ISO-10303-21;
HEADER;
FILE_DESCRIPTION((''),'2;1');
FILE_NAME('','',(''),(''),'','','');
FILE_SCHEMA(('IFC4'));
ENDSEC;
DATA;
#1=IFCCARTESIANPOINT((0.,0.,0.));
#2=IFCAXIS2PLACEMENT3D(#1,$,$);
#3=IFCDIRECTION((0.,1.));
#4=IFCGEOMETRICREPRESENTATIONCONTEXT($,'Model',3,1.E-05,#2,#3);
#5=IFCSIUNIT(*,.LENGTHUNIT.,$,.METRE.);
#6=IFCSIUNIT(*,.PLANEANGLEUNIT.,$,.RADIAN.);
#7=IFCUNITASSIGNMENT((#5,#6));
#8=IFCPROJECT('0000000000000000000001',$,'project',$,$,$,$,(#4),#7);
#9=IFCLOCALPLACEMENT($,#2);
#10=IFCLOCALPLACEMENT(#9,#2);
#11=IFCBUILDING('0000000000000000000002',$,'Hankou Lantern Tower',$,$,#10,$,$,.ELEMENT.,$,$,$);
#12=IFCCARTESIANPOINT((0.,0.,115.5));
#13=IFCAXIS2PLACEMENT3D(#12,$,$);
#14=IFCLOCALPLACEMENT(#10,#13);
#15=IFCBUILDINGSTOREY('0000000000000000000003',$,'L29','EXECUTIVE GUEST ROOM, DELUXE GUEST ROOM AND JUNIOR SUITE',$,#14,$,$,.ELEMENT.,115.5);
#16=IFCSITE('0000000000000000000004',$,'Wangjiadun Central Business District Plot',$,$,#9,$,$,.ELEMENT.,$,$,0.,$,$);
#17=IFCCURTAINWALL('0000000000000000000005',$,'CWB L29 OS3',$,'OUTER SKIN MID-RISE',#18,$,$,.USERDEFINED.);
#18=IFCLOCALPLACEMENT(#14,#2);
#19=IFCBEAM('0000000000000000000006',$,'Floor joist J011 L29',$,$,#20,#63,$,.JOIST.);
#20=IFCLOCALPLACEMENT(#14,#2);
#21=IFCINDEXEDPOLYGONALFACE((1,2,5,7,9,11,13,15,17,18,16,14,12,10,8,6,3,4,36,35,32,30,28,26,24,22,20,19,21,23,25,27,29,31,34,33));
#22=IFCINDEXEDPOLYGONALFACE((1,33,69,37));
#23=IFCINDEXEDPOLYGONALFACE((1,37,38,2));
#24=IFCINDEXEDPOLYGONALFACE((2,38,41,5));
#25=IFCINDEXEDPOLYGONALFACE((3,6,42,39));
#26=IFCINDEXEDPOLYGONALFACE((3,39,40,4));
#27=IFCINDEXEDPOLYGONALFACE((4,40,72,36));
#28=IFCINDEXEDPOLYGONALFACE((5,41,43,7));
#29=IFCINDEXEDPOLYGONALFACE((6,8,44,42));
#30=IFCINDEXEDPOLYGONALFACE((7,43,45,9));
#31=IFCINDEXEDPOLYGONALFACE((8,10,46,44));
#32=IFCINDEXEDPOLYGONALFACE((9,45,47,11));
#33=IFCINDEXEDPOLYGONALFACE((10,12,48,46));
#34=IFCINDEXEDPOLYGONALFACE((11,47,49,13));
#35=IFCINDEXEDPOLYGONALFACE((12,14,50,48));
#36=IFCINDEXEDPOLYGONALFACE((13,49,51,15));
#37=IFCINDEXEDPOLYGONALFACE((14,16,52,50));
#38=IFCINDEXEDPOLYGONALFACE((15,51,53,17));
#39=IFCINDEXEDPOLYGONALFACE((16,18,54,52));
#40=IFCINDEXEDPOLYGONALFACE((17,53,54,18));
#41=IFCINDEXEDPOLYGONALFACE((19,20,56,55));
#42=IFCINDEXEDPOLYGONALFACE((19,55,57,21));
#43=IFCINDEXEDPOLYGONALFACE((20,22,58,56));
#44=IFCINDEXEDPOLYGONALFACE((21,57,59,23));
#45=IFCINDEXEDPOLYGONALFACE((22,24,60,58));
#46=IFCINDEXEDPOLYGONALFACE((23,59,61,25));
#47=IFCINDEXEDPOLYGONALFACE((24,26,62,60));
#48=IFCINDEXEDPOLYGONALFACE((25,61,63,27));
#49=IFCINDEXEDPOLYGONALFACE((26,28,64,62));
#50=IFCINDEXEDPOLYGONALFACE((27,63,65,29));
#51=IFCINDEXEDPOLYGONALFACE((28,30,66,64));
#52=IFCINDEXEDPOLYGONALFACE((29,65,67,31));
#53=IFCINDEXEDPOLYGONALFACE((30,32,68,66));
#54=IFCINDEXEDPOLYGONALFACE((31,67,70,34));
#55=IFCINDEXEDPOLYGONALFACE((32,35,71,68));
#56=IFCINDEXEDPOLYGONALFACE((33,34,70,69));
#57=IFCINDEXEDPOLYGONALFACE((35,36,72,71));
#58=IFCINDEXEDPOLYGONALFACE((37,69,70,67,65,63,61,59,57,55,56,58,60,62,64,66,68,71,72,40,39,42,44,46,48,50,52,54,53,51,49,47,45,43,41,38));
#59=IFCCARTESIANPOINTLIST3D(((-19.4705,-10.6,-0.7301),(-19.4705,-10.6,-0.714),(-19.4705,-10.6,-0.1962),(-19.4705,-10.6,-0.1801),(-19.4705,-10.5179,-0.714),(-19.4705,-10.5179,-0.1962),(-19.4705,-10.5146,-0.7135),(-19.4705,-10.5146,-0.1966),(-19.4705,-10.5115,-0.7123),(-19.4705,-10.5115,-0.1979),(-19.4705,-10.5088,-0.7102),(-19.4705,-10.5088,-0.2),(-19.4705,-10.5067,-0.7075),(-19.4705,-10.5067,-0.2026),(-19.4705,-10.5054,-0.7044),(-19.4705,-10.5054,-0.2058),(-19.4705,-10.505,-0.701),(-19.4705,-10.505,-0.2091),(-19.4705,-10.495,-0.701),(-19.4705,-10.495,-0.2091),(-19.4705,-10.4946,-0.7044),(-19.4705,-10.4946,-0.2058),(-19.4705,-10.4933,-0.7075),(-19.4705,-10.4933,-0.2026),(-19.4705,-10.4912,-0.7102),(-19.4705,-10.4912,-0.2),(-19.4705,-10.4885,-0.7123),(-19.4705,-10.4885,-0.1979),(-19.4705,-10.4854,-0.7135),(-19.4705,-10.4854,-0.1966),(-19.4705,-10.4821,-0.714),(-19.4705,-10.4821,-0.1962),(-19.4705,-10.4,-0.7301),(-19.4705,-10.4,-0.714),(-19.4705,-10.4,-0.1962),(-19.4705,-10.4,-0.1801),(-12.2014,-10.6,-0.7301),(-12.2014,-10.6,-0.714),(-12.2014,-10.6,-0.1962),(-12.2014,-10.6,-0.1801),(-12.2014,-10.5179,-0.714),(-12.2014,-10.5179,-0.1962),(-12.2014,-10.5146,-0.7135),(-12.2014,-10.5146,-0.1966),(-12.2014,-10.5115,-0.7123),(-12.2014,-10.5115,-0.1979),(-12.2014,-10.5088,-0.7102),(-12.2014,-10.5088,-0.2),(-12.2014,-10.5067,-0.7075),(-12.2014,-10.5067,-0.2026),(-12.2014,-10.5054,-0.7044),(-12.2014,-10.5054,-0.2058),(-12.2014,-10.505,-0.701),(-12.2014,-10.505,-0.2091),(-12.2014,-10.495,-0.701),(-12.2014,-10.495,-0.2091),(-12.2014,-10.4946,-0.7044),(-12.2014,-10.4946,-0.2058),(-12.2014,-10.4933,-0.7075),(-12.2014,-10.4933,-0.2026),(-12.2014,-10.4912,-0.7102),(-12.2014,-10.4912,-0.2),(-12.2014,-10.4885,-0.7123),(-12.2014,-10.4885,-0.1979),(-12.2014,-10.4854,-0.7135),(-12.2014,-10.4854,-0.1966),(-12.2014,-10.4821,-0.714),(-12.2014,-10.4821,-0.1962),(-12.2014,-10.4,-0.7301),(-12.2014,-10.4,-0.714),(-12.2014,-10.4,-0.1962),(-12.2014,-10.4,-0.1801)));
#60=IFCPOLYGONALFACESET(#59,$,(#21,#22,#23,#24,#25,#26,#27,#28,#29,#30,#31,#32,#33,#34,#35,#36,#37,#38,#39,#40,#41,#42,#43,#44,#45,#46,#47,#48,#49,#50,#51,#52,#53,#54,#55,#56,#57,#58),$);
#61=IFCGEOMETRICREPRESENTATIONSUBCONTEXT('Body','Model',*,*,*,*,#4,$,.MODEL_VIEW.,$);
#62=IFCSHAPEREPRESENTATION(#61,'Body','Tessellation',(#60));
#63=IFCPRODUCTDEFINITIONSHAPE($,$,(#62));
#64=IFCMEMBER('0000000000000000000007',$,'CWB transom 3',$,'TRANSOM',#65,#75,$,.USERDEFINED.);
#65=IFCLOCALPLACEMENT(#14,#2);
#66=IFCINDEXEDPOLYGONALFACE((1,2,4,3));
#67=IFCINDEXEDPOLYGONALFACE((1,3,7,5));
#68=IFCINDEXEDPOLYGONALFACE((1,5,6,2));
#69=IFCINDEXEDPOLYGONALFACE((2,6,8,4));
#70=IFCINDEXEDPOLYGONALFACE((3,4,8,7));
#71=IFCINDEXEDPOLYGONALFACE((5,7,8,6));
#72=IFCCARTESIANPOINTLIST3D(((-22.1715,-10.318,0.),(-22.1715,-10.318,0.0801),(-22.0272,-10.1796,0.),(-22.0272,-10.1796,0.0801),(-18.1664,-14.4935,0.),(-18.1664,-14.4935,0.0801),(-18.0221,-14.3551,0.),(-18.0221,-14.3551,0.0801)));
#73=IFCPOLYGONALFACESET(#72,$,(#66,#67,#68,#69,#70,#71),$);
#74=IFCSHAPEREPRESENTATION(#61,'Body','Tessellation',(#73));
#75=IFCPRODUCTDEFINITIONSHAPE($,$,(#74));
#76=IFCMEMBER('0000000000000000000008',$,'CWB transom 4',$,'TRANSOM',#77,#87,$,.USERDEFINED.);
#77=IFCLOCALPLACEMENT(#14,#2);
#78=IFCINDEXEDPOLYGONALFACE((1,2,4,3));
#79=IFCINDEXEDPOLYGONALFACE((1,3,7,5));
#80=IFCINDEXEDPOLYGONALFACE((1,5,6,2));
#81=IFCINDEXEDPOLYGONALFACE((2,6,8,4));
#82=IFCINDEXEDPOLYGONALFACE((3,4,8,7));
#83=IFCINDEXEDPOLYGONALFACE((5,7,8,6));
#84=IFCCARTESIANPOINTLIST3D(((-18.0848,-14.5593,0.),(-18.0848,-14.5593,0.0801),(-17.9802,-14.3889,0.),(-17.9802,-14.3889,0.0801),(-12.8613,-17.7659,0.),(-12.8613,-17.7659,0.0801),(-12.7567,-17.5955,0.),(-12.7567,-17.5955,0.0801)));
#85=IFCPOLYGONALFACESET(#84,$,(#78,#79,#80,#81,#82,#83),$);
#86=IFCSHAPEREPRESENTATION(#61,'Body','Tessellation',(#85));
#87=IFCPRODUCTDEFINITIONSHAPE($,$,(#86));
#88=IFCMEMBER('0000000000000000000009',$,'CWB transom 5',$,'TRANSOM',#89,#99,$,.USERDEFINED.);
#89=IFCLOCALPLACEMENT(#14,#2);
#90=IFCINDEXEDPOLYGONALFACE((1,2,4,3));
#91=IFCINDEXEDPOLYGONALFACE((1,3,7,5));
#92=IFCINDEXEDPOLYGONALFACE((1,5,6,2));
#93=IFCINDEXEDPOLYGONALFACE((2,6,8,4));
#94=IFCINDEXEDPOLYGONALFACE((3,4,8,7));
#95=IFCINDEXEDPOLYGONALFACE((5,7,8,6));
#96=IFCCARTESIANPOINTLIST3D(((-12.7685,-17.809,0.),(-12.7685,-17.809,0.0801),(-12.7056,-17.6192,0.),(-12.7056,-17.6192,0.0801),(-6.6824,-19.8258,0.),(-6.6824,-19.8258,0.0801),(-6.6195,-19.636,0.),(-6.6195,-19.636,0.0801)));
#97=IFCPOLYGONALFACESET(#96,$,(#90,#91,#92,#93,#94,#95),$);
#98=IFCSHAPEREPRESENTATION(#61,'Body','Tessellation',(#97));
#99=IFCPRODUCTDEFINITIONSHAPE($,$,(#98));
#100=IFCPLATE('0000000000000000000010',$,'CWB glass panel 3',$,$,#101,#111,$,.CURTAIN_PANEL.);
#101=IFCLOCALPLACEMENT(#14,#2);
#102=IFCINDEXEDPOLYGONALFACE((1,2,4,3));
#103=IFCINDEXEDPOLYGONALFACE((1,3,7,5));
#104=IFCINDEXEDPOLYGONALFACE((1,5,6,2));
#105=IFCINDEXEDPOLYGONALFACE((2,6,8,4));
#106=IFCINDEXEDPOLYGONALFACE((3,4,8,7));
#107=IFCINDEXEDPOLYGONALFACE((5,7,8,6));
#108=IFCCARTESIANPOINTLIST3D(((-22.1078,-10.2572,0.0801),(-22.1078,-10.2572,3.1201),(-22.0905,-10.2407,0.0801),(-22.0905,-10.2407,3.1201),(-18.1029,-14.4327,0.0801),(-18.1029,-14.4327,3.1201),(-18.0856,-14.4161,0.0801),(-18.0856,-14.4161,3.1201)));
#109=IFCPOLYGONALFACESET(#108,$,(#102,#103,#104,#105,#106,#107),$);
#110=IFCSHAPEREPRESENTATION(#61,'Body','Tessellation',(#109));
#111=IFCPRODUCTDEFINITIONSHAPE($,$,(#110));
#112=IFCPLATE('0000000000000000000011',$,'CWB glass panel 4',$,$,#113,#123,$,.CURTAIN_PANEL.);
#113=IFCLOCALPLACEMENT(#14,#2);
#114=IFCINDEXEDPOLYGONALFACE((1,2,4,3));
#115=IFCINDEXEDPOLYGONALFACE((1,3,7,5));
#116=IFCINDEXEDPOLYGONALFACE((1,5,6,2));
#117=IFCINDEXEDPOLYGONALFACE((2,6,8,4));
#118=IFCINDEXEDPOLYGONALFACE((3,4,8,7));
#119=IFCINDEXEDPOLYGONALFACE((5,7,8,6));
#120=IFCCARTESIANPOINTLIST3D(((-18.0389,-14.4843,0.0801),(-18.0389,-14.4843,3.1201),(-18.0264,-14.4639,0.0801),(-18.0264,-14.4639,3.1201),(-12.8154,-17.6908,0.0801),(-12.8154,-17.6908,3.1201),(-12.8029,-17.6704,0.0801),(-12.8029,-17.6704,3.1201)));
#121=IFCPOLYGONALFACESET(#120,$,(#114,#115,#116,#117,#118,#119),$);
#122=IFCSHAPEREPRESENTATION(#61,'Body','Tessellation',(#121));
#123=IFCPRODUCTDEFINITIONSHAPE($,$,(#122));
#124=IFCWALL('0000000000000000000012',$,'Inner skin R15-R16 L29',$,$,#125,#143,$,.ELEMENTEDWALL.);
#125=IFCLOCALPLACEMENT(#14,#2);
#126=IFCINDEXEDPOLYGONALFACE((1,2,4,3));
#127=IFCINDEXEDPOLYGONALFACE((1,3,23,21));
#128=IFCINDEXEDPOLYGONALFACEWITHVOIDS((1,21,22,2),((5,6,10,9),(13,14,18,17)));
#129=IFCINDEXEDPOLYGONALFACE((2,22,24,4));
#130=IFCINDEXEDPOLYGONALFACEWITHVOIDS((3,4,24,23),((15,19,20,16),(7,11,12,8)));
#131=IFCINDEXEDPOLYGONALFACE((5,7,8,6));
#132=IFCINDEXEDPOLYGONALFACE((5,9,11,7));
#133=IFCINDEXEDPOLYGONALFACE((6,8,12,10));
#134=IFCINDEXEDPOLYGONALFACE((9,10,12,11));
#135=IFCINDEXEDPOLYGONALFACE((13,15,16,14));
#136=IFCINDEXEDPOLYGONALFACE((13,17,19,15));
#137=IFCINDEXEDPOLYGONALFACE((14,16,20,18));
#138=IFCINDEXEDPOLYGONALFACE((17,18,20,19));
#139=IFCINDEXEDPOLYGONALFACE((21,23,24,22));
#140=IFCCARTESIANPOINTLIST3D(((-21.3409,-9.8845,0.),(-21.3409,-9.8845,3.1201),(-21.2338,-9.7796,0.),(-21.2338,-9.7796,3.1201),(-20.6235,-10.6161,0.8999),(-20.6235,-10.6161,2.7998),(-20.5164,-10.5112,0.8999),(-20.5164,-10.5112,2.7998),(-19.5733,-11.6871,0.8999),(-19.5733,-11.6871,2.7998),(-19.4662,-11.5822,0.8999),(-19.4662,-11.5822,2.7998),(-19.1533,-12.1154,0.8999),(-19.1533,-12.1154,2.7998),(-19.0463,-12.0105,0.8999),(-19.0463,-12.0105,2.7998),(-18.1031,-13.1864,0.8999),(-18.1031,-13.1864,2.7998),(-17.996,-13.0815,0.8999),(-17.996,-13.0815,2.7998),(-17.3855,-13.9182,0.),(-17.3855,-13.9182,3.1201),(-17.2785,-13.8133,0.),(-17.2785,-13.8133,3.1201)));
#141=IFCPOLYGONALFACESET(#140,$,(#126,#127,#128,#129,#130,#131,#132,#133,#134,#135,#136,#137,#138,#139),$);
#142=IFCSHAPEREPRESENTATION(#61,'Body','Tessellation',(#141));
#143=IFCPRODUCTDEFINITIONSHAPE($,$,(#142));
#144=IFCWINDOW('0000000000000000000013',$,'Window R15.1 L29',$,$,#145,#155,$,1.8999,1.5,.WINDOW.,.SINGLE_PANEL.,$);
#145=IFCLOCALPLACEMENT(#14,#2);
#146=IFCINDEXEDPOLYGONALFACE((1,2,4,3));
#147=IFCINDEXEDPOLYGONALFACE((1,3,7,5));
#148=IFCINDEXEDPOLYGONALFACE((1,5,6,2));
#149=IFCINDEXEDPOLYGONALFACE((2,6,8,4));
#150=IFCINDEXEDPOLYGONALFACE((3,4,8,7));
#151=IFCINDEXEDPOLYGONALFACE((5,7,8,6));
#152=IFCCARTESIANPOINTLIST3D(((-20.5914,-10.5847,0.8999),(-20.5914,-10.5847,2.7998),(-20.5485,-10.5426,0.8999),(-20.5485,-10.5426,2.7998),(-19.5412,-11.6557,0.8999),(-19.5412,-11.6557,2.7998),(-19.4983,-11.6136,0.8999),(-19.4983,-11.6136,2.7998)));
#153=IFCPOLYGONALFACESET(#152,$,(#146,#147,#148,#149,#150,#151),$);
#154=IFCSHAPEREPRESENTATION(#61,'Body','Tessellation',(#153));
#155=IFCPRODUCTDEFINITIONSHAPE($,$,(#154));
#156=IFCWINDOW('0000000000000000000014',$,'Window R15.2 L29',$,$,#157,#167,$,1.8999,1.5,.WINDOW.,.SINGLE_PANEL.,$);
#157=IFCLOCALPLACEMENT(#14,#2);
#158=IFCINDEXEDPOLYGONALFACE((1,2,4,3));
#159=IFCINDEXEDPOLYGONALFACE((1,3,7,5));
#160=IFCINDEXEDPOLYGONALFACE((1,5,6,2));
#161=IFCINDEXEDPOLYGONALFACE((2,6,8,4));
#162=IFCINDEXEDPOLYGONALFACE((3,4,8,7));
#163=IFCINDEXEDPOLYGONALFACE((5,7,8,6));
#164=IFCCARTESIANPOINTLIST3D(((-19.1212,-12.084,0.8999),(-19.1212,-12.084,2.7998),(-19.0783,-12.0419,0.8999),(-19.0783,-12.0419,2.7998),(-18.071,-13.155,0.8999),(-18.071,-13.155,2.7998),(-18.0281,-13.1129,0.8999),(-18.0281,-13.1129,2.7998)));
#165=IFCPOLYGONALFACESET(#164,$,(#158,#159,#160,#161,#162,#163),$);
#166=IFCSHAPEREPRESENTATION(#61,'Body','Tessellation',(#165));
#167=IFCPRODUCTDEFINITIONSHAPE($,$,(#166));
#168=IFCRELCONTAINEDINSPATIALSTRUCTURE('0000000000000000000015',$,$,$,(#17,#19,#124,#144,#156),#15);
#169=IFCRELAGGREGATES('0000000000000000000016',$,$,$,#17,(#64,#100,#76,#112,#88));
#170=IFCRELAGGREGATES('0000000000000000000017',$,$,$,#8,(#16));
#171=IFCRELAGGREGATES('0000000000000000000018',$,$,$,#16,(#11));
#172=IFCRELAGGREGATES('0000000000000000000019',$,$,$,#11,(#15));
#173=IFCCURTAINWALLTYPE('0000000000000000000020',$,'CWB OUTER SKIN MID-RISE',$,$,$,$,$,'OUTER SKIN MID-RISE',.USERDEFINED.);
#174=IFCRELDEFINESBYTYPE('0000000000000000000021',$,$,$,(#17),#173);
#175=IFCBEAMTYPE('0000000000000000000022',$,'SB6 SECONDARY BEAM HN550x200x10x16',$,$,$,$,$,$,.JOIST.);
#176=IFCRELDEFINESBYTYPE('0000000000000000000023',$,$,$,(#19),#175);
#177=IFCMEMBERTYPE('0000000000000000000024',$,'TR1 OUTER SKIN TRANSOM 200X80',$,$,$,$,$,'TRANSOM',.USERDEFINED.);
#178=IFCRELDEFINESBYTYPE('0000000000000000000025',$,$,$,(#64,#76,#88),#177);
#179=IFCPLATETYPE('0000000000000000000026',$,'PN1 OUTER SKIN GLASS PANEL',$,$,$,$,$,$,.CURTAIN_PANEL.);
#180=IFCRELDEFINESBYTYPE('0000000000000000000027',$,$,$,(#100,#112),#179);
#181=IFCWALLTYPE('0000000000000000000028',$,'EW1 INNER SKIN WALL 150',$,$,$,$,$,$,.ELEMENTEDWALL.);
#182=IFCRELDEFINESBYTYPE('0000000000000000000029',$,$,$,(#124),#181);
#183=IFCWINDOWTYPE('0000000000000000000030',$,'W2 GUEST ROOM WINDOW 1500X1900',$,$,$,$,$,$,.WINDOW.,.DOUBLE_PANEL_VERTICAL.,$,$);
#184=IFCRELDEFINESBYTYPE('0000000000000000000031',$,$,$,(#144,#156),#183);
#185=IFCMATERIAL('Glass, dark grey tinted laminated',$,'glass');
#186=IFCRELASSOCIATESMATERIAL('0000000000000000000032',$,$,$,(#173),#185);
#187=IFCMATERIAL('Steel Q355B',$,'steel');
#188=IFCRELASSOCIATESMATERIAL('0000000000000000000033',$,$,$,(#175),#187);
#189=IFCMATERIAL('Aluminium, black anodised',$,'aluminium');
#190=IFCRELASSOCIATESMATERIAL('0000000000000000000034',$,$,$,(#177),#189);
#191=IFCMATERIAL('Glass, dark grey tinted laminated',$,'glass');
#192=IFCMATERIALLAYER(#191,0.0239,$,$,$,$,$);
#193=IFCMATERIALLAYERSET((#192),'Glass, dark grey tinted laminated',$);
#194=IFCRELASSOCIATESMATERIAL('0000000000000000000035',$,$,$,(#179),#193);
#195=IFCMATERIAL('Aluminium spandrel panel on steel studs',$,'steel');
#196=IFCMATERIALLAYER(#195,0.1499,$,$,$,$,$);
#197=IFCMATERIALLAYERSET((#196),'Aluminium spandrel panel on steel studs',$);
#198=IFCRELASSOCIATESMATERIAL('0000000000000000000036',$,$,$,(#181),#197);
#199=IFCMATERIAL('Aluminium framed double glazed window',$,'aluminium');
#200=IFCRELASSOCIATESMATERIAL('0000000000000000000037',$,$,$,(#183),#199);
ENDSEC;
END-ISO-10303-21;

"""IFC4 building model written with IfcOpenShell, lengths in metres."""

from ifc_helpers import new_model, si_unit, direction, frame, frame_2d, origin, origin_2d, place, context, subcontext, project, spatial, rectangle, i_section, extrude, material, layer, layer_set, material_profile, profile_set, type_object, element, fill, aggregate, save


model = new_model("IFC4")

# Units and contexts
model_context = context("Model", 3, precision=1e-05, world=origin(), true_north=direction((0.0, 1.0)))
body_context = subcontext(model_context, "Body", "Model", "MODEL_VIEW")
ifc_project = project(units=[si_unit("LENGTHUNIT", "METRE"), si_unit("PLANEANGLEUNIT", "RADIAN")], contexts=[model_context])

# Site, building, storey
site_placement = place(None, origin())
site = spatial("IfcSite", under=ifc_project, at=site_placement, Name="Wangjiadun Central Business District Plot", CompositionType="ELEMENT", RefElevation=0.0)
building_placement = place(site_placement, origin())
building = spatial("IfcBuilding", under=site, at=building_placement, Name="Hankou Lantern Tower", CompositionType="ELEMENT")
storey_placement = place(building_placement, frame((0.0, 0.0, 115.5)))
storey = spatial("IfcBuildingStorey", under=building, at=storey_placement, Name="L29", Description="EXECUTIVE GUEST ROOM, DELUXE GUEST ROOM AND JUNIOR SUITE", CompositionType="ELEMENT", Elevation=115.5)

# Curtain wall
ifc_material_1 = material(Name="Glass, dark grey tinted laminated", Category="glass")
curtain_wall_type = type_object("IfcCurtainWallType", Name="CWB OUTER SKIN MID-RISE", ElementType="OUTER SKIN MID-RISE", PredefinedType="USERDEFINED", material=ifc_material_1)
curtain_wall_placement = place(storey_placement, origin())
curtain_wall = element("IfcCurtainWall", 1, at=curtain_wall_placement, inside=storey, type_object=curtain_wall_type, Name="CWB L29 OS3", ObjectType="OUTER SKIN MID-RISE", PredefinedType="USERDEFINED")

# Beam
ifc_material_2 = material(Name="Steel Q355B", Category="steel")
ifc_material_profile_1 = material_profile(ifc_material_2, i_section(OverallWidth=0.2, OverallDepth=0.55, WebThickness=0.01, FlangeThickness=0.0161, FilletRadius=0.0129, at=origin_2d()), Name="HN550x200x10x16")
ifc_profile_set_1 = profile_set([ifc_material_profile_1], Name="Steel Q355B")
beam_type_1 = type_object("IfcBeamType", Name="SB6 SECONDARY BEAM HN550x200x10x16", PredefinedType="JOIST", material=ifc_profile_set_1)
beam_1_placement = place(storey_placement, frame((-19.4705, -10.5, -0.4551), z_axis=(1.0, 0.0, 0.0), x_axis=(0.0, 1.0, 0.0)))
element("IfcBeam", 2, at=beam_1_placement, inside=storey, type_object=beam_type_1, Name="Floor joist J011 L29", PredefinedType="JOIST", context=body_context, shape_type="SweptSolid", body=[
    extrude(i_section(OverallWidth=0.2, OverallDepth=0.55, WebThickness=0.01, FlangeThickness=0.0161, FilletRadius=0.0129, at=origin_2d()), origin(), (0.0, 0.0, 1.0), 7.269),
])

# Members
ifc_material_3 = material(Name="Aluminium, black anodised", Category="aluminium")
ifc_material_profile_2 = material_profile(ifc_material_3, rectangle(XDim=0.2, YDim=0.0801, at=origin_2d()), Name="TR1 200X80")
ifc_profile_set_2 = profile_set([ifc_material_profile_2], Name="Aluminium, black anodised")
member_type_1 = type_object("IfcMemberType", Name="TR1 OUTER SKIN TRANSOM 200X80", ElementType="TRANSOM", PredefinedType="USERDEFINED", material=ifc_profile_set_2)
member_1_placement = place(storey_placement, frame((-22.0994, -10.2488, 0.04), z_axis=(0.692227, -0.72168, 0.0), x_axis=(0.72168, 0.692227, 0.0)))
member_1 = element("IfcMember", 3, at=member_1_placement, type_object=member_type_1, Name="CWB transom 3", ObjectType="TRANSOM", PredefinedType="USERDEFINED", context=body_context, shape_type="SweptSolid", body=[
    extrude(rectangle(XDim=0.2, YDim=0.0801, at=origin_2d()), origin(), (0.0, 0.0, 1.0), 5.7859),
])
member_2_placement = place(storey_placement, frame((-18.0325, -14.4741, 0.04), z_axis=(0.852229, -0.523168, 0.0), x_axis=(0.523168, 0.852229, 0.0)))
member_2 = element("IfcMember", 4, at=member_2_placement, type_object=member_type_1, Name="CWB transom 4", ObjectType="TRANSOM", PredefinedType="USERDEFINED", context=body_context, shape_type="SweptSolid", body=[
    extrude(rectangle(XDim=0.2, YDim=0.0801, at=origin_2d()), origin(), (0.0, 0.0, 1.0), 6.1292),
])
member_3_placement = place(storey_placement, frame((-12.7371, -17.7141, 0.04), z_axis=(0.949238, -0.314559, 0.0), x_axis=(0.314559, 0.949238, 0.0)))
member_3 = element("IfcMember", 5, at=member_3_placement, type_object=member_type_1, Name="CWB transom 5", ObjectType="TRANSOM", PredefinedType="USERDEFINED", context=body_context, shape_type="SweptSolid", body=[
    extrude(rectangle(XDim=0.2, YDim=0.0801, at=origin_2d()), origin(), (0.0, 0.0, 1.0), 6.4116),
])

# Plates
ifc_material_4 = material(Name="Glass, dark grey tinted laminated", Category="glass")
ifc_layer_1 = layer(ifc_material_4, 0.0239)
ifc_layer_set_1 = layer_set([ifc_layer_1], Name="Glass, dark grey tinted laminated")
plate_type = type_object("IfcPlateType", Name="PN1 OUTER SKIN GLASS PANEL", PredefinedType="CURTAIN_PANEL", material=ifc_layer_set_1)
plate_1_placement = place(storey_placement, frame((-20.0967, -12.3367, 0.0801), z_axis=(0.0, 0.0, 1.0), x_axis=(0.692216, -0.721691, 0.0)))
plate_1 = element("IfcPlate", 6, at=plate_1_placement, type_object=plate_type, Name="CWB glass panel 3", PredefinedType="CURTAIN_PANEL", context=body_context, shape_type="SweptSolid", body=[
    extrude(rectangle(XDim=5.7856, YDim=0.0239, at=origin_2d()), origin(), (0.0, 0.0, 1.0), 3.04),
])
plate_2_placement = place(storey_placement, frame((-15.4209, -16.0774, 0.0801), z_axis=(0.0, 0.0, 1.0), x_axis=(0.852237, -0.523156, 0.0)))
plate_2 = element("IfcPlate", 7, at=plate_2_placement, type_object=plate_type, Name="CWB glass panel 4", PredefinedType="CURTAIN_PANEL", context=body_context, shape_type="SweptSolid", body=[
    extrude(rectangle(XDim=6.1292, YDim=0.0239, at=origin_2d()), origin(), (0.0, 0.0, 1.0), 3.04),
])
aggregate(curtain_wall, [member_1, plate_1, member_2, plate_2, member_3])

# Wall, openings, windows
ifc_material_5 = material(Name="Aluminium spandrel panel on steel studs", Category="steel")
ifc_layer_2 = layer(ifc_material_5, 0.1499)
ifc_layer_set_2 = layer_set([ifc_layer_2], Name="Aluminium spandrel panel on steel studs")
wall_type_1 = type_object("IfcWallType", Name="EW1 INNER SKIN WALL 150", PredefinedType="ELEMENTEDWALL", material=ifc_layer_set_2)
wall_1_placement = place(storey_placement, frame((-21.2874, -9.832, 0.0), z_axis=(0.0, 0.0, 1.0), x_axis=(0.700137, -0.714009, 0.0)))
wall_1 = element("IfcWall", 8, at=wall_1_placement, inside=storey, type_object=wall_type_1, Name="Inner skin R15-R16 L29", PredefinedType="ELEMENTEDWALL", context=body_context, shape_type="SweptSolid", body=[
    extrude(rectangle(XDim=5.6494, YDim=0.1499, at=frame_2d((2.8247, 0.0))), origin(), (0.0, 0.0, 1.0), 3.1201),
])
opening_1_placement = place(wall_1_placement, frame((1.0247, 0.0, 0.8999)))
opening_1 = element("IfcOpeningElement", 9, at=opening_1_placement, cuts=wall_1, PredefinedType="OPENING", context=body_context, shape_type="SweptSolid", body=[
    extrude(rectangle(XDim=1.5, YDim=1.8999, at=frame_2d((0.75, 0.95))), frame((0.0, 0.085, 0.0), z_axis=(0.0, -1.0, 0.0), x_axis=(1.0, 0.0, 0.0)), (0.0, 0.0, 1.0), 0.1699),
])
opening_2_placement = place(wall_1_placement, frame((3.1245, 0.0, 0.8999)))
opening_2 = element("IfcOpeningElement", 10, at=opening_2_placement, cuts=wall_1, PredefinedType="OPENING", context=body_context, shape_type="SweptSolid", body=[
    extrude(rectangle(XDim=1.5, YDim=1.8999, at=frame_2d((0.75, 0.95))), frame((0.0, 0.085, 0.0), z_axis=(0.0, -1.0, 0.0), x_axis=(1.0, 0.0, 0.0)), (0.0, 0.0, 1.0), 0.1699),
])
ifc_material_6 = material(Name="Aluminium framed double glazed window", Category="aluminium")
window_type = type_object("IfcWindowType", Name="W2 GUEST ROOM WINDOW 1500X1900", PartitioningType="DOUBLE_PANEL_VERTICAL", PredefinedType="WINDOW", material=ifc_material_6)
window_1_placement = place(opening_1_placement, origin())
window_1 = element("IfcWindow", 11, at=window_1_placement, inside=storey, type_object=window_type, Name="Window R15.1 L29", OverallHeight=1.8999, OverallWidth=1.5, PartitioningType="SINGLE_PANEL", PredefinedType="WINDOW", context=body_context, shape_type="SweptSolid", body=[
    extrude(rectangle(XDim=1.5, YDim=1.8999, at=frame_2d((0.75, 0.95))), frame((0.0, 0.03, 0.0), z_axis=(0.0, -1.0, 0.0), x_axis=(1.0, 0.0, 0.0)), (0.0, 0.0, 1.0), 0.0601),
])
fill(opening_1, window_1)
window_2_placement = place(opening_2_placement, origin())
window_2 = element("IfcWindow", 12, at=window_2_placement, inside=storey, type_object=window_type, Name="Window R15.2 L29", OverallHeight=1.8999, OverallWidth=1.5, PartitioningType="SINGLE_PANEL", PredefinedType="WINDOW", context=body_context, shape_type="SweptSolid", body=[
    extrude(rectangle(XDim=1.5, YDim=1.8999, at=frame_2d((0.75, 0.95))), frame((0.0, 0.03, 0.0), z_axis=(0.0, -1.0, 0.0), x_axis=(1.0, 0.0, 0.0)), (0.0, 0.0, 1.0), 0.0601),
])
fill(opening_2, window_2)

save(model, "model.ifc")
